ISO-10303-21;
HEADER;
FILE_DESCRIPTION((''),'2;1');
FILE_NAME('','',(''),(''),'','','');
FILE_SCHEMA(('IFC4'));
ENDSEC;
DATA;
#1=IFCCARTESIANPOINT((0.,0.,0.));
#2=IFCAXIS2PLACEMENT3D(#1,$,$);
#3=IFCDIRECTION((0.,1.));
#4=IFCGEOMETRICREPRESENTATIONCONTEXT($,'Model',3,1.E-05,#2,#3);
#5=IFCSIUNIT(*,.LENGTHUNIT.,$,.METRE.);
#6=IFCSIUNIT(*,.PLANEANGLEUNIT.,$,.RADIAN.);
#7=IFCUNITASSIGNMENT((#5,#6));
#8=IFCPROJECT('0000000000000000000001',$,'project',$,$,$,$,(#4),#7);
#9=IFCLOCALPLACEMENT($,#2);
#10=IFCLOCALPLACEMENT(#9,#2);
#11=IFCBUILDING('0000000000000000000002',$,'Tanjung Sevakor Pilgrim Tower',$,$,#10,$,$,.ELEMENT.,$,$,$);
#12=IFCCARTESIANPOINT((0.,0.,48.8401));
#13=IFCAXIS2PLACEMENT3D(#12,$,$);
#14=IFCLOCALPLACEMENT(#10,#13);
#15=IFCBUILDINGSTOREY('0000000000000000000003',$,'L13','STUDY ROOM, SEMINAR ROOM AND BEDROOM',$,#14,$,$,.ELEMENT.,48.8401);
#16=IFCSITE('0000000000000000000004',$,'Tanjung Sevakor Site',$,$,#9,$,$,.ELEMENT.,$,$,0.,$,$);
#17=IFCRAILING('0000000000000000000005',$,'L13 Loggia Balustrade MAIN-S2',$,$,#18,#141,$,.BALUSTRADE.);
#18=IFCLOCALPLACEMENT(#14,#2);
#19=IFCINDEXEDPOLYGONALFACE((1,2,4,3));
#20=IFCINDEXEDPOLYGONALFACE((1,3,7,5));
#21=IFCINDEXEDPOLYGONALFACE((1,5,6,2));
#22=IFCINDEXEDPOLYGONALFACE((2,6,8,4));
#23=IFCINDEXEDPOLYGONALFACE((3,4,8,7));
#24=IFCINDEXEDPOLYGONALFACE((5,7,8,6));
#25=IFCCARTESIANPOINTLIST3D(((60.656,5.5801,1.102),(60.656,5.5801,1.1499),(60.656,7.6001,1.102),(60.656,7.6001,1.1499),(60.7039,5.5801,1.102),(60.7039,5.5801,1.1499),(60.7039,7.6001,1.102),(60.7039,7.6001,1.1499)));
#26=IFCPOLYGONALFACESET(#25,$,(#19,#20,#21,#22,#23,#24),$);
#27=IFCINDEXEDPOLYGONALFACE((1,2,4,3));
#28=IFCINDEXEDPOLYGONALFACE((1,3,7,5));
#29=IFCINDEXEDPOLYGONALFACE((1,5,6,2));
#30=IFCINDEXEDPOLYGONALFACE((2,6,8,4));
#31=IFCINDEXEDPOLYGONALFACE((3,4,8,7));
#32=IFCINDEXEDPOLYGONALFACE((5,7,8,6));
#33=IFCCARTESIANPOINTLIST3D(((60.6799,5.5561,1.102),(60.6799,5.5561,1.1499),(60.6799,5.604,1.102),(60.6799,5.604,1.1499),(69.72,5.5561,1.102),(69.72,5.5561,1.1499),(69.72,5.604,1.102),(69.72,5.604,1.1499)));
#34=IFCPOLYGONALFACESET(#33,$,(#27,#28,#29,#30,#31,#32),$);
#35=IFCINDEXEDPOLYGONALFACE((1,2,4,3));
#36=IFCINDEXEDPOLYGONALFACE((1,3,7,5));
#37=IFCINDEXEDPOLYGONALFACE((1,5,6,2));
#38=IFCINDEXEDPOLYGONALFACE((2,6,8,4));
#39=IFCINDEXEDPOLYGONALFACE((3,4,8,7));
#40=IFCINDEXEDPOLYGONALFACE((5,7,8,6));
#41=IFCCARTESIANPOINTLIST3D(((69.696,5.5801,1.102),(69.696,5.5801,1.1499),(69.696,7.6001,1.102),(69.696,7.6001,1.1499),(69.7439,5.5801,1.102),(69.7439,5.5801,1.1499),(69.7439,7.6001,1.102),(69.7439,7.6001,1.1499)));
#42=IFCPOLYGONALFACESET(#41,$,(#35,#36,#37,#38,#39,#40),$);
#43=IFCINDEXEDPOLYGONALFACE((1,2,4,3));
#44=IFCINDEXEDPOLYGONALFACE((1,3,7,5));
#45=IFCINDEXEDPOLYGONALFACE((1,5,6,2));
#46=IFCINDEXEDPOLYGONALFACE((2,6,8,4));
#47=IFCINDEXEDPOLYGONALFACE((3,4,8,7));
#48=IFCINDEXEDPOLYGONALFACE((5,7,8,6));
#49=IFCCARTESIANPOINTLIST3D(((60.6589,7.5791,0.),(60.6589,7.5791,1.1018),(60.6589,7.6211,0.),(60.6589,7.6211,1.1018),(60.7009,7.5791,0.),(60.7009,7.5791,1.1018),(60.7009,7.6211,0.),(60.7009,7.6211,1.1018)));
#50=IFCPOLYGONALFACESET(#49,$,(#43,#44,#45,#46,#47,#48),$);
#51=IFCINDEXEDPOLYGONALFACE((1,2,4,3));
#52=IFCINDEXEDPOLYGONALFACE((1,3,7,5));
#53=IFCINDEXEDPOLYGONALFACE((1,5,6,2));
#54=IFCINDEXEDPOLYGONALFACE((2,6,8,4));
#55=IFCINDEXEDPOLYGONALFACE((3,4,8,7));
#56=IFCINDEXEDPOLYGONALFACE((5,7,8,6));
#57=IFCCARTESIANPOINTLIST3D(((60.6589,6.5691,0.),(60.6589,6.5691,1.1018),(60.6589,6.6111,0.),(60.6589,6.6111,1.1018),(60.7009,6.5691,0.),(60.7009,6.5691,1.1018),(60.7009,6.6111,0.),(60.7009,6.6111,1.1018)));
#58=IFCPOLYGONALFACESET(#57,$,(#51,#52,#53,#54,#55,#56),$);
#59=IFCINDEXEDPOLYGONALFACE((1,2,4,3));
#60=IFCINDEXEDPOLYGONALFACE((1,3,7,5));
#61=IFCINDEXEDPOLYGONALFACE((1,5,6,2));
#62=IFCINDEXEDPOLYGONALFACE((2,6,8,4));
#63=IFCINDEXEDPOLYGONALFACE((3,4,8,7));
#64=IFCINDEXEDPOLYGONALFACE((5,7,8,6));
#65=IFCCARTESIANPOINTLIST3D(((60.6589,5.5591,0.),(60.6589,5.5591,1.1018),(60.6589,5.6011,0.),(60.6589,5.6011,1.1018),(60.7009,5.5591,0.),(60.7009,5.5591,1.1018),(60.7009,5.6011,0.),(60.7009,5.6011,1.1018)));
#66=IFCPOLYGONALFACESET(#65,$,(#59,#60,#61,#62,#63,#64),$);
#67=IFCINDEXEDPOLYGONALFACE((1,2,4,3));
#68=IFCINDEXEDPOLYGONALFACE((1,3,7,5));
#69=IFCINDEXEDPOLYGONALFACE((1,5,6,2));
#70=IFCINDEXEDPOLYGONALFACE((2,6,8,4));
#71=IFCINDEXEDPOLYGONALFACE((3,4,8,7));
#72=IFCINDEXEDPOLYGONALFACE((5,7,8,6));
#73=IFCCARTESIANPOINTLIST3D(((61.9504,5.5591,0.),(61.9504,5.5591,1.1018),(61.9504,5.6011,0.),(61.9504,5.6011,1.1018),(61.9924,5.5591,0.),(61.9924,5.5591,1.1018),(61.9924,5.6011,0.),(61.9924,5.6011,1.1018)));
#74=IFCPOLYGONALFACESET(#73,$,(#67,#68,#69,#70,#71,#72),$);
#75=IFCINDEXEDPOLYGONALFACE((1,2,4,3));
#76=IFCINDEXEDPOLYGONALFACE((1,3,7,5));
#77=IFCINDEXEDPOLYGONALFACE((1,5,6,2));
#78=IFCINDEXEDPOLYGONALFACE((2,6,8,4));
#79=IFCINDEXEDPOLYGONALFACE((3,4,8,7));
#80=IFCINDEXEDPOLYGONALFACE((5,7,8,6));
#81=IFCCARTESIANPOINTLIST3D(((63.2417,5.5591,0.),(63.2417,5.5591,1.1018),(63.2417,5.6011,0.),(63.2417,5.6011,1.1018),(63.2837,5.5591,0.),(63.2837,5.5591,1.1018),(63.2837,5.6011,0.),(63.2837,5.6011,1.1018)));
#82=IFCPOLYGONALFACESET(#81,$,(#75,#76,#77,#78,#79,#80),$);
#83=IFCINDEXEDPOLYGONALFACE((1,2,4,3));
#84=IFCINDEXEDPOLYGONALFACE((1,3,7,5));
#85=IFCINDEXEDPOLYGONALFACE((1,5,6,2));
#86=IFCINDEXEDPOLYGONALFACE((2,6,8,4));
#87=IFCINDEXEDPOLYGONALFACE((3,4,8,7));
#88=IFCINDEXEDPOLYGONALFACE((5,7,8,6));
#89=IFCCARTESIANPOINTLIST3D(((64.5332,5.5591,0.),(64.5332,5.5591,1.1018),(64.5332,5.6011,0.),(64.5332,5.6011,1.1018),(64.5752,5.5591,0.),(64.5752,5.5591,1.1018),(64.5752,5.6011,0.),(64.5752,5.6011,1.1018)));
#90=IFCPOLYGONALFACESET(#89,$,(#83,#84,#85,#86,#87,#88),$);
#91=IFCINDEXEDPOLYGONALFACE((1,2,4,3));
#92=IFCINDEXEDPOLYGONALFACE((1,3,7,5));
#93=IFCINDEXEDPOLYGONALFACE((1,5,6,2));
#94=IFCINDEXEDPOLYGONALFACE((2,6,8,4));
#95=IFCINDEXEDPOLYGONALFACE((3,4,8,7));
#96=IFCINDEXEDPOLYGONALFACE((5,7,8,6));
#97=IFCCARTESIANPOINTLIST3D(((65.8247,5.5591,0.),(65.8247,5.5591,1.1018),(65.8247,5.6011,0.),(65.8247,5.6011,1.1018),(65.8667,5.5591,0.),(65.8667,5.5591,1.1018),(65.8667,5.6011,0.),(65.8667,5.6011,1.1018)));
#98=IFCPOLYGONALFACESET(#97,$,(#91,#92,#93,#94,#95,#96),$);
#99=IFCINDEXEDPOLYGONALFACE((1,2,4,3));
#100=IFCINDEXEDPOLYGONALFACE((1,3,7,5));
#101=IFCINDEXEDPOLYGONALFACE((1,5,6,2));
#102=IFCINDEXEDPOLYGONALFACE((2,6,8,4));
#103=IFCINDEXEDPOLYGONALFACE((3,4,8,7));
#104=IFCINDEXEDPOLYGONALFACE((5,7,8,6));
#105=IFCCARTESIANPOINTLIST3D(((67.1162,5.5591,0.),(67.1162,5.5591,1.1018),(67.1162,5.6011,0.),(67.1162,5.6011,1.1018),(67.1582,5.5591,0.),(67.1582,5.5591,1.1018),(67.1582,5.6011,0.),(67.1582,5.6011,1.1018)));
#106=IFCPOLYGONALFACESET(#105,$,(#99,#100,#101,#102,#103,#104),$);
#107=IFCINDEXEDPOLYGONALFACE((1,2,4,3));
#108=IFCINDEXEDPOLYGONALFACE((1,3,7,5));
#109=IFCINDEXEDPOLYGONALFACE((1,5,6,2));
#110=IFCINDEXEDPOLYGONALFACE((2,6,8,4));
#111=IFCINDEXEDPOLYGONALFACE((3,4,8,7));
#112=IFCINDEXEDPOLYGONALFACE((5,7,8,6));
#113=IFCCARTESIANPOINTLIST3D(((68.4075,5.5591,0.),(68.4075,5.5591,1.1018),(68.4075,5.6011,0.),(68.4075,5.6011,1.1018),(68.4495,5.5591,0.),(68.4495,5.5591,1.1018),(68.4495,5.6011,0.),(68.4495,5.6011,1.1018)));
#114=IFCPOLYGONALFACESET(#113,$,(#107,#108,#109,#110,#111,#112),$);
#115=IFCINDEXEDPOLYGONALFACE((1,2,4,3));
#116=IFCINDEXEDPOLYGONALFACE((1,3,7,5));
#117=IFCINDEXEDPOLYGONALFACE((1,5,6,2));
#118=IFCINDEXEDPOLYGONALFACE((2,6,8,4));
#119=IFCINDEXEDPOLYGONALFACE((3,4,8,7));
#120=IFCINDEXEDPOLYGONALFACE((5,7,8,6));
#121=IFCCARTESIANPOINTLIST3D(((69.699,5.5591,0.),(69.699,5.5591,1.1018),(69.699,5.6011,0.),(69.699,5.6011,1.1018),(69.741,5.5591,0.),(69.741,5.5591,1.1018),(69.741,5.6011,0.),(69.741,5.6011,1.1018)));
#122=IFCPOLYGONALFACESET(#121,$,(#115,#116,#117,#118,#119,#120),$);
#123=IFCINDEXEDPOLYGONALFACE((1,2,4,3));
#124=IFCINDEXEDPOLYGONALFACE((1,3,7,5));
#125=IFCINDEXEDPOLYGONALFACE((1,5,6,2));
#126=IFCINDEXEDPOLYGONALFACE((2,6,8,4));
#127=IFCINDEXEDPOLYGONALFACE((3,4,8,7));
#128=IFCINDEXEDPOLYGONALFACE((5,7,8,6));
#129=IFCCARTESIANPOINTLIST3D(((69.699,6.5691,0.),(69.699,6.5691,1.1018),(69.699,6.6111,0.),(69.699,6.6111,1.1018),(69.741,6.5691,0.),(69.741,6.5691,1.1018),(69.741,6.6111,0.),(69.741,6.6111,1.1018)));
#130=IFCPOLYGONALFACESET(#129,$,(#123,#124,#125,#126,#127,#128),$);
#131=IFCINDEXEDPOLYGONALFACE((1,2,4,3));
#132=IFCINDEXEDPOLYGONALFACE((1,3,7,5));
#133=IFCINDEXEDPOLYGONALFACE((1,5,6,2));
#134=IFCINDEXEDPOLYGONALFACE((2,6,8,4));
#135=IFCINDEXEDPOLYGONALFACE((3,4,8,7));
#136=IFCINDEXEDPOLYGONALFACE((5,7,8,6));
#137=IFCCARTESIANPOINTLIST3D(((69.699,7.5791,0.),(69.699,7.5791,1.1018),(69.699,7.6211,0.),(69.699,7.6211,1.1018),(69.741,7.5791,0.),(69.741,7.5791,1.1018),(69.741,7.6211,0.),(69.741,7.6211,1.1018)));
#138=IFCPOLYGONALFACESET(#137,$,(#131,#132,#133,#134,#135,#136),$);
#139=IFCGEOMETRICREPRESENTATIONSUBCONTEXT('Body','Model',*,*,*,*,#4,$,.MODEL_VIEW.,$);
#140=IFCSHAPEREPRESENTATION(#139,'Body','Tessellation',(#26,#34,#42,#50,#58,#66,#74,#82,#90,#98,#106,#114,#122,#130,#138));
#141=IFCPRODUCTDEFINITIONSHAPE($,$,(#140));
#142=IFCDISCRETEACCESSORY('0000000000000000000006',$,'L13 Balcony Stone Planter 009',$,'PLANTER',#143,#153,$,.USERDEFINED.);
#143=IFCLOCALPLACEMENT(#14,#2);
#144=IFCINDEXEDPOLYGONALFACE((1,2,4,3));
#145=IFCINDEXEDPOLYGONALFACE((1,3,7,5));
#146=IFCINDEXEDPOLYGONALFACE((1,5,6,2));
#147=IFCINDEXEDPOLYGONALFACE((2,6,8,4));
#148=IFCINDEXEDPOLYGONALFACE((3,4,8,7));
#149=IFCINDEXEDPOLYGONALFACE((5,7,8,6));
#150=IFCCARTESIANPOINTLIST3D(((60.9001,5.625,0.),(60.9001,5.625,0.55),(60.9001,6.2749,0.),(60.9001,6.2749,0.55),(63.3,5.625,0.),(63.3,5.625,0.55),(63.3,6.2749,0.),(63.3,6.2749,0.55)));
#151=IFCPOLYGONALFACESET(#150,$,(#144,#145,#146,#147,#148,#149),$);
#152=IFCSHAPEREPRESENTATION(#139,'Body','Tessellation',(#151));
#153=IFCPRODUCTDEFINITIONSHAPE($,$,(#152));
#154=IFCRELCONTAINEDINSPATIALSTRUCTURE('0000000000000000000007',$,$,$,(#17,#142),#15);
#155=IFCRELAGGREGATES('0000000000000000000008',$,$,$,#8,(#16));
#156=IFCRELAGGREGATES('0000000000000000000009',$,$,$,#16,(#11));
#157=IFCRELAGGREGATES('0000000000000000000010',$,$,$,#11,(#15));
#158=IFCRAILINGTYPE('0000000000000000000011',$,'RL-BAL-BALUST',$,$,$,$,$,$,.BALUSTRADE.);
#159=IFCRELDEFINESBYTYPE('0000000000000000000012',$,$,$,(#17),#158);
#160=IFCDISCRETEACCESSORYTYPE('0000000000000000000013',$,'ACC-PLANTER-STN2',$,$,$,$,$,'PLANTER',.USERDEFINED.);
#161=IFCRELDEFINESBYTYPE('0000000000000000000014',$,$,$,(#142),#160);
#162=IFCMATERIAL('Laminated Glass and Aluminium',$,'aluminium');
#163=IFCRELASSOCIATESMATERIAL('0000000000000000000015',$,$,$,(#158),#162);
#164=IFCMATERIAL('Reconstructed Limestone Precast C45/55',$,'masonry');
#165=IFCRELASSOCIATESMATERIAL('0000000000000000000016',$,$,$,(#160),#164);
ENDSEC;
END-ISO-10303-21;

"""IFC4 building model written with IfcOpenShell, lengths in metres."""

from ifc_helpers import new_model, si_unit, direction, frame, origin, origin_2d, place, context, subcontext, project, spatial, rectangle, extrude, material, type_object, element, save


model = new_model("IFC4")

# Units and contexts
model_context = context("Model", 3, precision=1e-05, world=origin(), true_north=direction((0.0, 1.0)))
body_context = subcontext(model_context, "Body", "Model", "MODEL_VIEW")
ifc_project = project(units=[si_unit("LENGTHUNIT", "METRE"), si_unit("PLANEANGLEUNIT", "RADIAN")], contexts=[model_context])

# Site, building, storey
site_placement = place(None, origin())
site = spatial("IfcSite", under=ifc_project, at=site_placement, Name="Tanjung Sevakor Site", CompositionType="ELEMENT", RefElevation=0.0)
building_placement = place(site_placement, origin())
building = spatial("IfcBuilding", under=site, at=building_placement, Name="Tanjung Sevakor Pilgrim Tower", CompositionType="ELEMENT")
storey_placement = place(building_placement, frame((0.0, 0.0, 48.8401)))
storey = spatial("IfcBuildingStorey", under=building, at=storey_placement, Name="L13", Description="STUDY ROOM, SEMINAR ROOM AND BEDROOM", CompositionType="ELEMENT", Elevation=48.8401)

# Railing
ifc_material_1 = material(Name="Laminated Glass and Aluminium", Category="aluminium")
railing_type = type_object("IfcRailingType", Name="RL-BAL-BALUST", PredefinedType="BALUSTRADE", material=ifc_material_1)
railing_placement = place(storey_placement, frame((60.6799, 7.6001, 0.0)))
element("IfcRailing", 1, at=railing_placement, inside=storey, type_object=railing_type, Name="L13 Loggia Balustrade MAIN-S2", PredefinedType="BALUSTRADE", context=body_context, shape_type="SweptSolid", body=[
    extrude(rectangle(XDim=0.0479, YDim=0.0479), frame((0.0, 0.0, 1.126), z_axis=(0.0, -1.0, 0.0), x_axis=(1.0, 0.0, 0.0)), (0.0, 0.0, 1.0), 2.02),
    extrude(rectangle(XDim=0.0479, YDim=0.0479), frame((0.0, -2.02, 1.126), z_axis=(1.0, 0.0, 0.0), x_axis=(0.0, 1.0, 0.0)), (0.0, 0.0, 1.0), 9.04),
    extrude(rectangle(XDim=0.0479, YDim=0.0479), frame((9.04, -2.02, 1.126), z_axis=(0.0, 1.0, 0.0), x_axis=(-1.0, 0.0, 0.0)), (0.0, 0.0, 1.0), 2.02),
    extrude(rectangle(XDim=0.042, YDim=0.042), origin(), (0.0, 0.0, 1.0), 1.1018),
    extrude(rectangle(XDim=0.042, YDim=0.042), frame((0.0, -1.01, 0.0)), (0.0, 0.0, 1.0), 1.1018),
    extrude(rectangle(XDim=0.042, YDim=0.042), frame((0.0, -2.02, 0.0)), (0.0, 0.0, 1.0), 1.1018),
    extrude(rectangle(XDim=0.042, YDim=0.042), frame((1.2915, -2.02, 0.0)), (0.0, 0.0, 1.0), 1.1018),
    extrude(rectangle(XDim=0.042, YDim=0.042), frame((2.5828, -2.02, 0.0)), (0.0, 0.0, 1.0), 1.1018),
    extrude(rectangle(XDim=0.042, YDim=0.042), frame((3.8743, -2.02, 0.0)), (0.0, 0.0, 1.0), 1.1018),
    extrude(rectangle(XDim=0.042, YDim=0.042), frame((5.1658, -2.02, 0.0)), (0.0, 0.0, 1.0), 1.1018),
    extrude(rectangle(XDim=0.042, YDim=0.042), frame((6.4573, -2.02, 0.0)), (0.0, 0.0, 1.0), 1.1018),
    extrude(rectangle(XDim=0.042, YDim=0.042), frame((7.7485, -2.02, 0.0)), (0.0, 0.0, 1.0), 1.1018),
    extrude(rectangle(XDim=0.042, YDim=0.042), frame((9.04, -2.02, 0.0)), (0.0, 0.0, 1.0), 1.1018),
    extrude(rectangle(XDim=0.042, YDim=0.042), frame((9.04, -1.01, 0.0)), (0.0, 0.0, 1.0), 1.1018),
    extrude(rectangle(XDim=0.042, YDim=0.042), frame((9.04, 0.0, 0.0)), (0.0, 0.0, 1.0), 1.1018),
])

# Discrete accessory
ifc_material_2 = material(Name="Reconstructed Limestone Precast C45/55", Category="masonry")
discrete_accessory_type = type_object("IfcDiscreteAccessoryType", Name="ACC-PLANTER-STN2", ElementType="PLANTER", PredefinedType="USERDEFINED", material=ifc_material_2)
discrete_accessory_placement = place(storey_placement, frame((62.1001, 5.95, 0.0), z_axis=(0.0, 0.0, 1.0), x_axis=(1.0, 0.0, 0.0)))
element("IfcDiscreteAccessory", 2, at=discrete_accessory_placement, inside=storey, type_object=discrete_accessory_type, Name="L13 Balcony Stone Planter 009", ObjectType="PLANTER", PredefinedType="USERDEFINED", context=body_context, shape_type="SweptSolid", body=[
    extrude(rectangle(XDim=2.3999, YDim=0.6499, at=origin_2d()), origin(), (0.0, 0.0, 1.0), 0.55),
])

save(model, "model.ifc")
